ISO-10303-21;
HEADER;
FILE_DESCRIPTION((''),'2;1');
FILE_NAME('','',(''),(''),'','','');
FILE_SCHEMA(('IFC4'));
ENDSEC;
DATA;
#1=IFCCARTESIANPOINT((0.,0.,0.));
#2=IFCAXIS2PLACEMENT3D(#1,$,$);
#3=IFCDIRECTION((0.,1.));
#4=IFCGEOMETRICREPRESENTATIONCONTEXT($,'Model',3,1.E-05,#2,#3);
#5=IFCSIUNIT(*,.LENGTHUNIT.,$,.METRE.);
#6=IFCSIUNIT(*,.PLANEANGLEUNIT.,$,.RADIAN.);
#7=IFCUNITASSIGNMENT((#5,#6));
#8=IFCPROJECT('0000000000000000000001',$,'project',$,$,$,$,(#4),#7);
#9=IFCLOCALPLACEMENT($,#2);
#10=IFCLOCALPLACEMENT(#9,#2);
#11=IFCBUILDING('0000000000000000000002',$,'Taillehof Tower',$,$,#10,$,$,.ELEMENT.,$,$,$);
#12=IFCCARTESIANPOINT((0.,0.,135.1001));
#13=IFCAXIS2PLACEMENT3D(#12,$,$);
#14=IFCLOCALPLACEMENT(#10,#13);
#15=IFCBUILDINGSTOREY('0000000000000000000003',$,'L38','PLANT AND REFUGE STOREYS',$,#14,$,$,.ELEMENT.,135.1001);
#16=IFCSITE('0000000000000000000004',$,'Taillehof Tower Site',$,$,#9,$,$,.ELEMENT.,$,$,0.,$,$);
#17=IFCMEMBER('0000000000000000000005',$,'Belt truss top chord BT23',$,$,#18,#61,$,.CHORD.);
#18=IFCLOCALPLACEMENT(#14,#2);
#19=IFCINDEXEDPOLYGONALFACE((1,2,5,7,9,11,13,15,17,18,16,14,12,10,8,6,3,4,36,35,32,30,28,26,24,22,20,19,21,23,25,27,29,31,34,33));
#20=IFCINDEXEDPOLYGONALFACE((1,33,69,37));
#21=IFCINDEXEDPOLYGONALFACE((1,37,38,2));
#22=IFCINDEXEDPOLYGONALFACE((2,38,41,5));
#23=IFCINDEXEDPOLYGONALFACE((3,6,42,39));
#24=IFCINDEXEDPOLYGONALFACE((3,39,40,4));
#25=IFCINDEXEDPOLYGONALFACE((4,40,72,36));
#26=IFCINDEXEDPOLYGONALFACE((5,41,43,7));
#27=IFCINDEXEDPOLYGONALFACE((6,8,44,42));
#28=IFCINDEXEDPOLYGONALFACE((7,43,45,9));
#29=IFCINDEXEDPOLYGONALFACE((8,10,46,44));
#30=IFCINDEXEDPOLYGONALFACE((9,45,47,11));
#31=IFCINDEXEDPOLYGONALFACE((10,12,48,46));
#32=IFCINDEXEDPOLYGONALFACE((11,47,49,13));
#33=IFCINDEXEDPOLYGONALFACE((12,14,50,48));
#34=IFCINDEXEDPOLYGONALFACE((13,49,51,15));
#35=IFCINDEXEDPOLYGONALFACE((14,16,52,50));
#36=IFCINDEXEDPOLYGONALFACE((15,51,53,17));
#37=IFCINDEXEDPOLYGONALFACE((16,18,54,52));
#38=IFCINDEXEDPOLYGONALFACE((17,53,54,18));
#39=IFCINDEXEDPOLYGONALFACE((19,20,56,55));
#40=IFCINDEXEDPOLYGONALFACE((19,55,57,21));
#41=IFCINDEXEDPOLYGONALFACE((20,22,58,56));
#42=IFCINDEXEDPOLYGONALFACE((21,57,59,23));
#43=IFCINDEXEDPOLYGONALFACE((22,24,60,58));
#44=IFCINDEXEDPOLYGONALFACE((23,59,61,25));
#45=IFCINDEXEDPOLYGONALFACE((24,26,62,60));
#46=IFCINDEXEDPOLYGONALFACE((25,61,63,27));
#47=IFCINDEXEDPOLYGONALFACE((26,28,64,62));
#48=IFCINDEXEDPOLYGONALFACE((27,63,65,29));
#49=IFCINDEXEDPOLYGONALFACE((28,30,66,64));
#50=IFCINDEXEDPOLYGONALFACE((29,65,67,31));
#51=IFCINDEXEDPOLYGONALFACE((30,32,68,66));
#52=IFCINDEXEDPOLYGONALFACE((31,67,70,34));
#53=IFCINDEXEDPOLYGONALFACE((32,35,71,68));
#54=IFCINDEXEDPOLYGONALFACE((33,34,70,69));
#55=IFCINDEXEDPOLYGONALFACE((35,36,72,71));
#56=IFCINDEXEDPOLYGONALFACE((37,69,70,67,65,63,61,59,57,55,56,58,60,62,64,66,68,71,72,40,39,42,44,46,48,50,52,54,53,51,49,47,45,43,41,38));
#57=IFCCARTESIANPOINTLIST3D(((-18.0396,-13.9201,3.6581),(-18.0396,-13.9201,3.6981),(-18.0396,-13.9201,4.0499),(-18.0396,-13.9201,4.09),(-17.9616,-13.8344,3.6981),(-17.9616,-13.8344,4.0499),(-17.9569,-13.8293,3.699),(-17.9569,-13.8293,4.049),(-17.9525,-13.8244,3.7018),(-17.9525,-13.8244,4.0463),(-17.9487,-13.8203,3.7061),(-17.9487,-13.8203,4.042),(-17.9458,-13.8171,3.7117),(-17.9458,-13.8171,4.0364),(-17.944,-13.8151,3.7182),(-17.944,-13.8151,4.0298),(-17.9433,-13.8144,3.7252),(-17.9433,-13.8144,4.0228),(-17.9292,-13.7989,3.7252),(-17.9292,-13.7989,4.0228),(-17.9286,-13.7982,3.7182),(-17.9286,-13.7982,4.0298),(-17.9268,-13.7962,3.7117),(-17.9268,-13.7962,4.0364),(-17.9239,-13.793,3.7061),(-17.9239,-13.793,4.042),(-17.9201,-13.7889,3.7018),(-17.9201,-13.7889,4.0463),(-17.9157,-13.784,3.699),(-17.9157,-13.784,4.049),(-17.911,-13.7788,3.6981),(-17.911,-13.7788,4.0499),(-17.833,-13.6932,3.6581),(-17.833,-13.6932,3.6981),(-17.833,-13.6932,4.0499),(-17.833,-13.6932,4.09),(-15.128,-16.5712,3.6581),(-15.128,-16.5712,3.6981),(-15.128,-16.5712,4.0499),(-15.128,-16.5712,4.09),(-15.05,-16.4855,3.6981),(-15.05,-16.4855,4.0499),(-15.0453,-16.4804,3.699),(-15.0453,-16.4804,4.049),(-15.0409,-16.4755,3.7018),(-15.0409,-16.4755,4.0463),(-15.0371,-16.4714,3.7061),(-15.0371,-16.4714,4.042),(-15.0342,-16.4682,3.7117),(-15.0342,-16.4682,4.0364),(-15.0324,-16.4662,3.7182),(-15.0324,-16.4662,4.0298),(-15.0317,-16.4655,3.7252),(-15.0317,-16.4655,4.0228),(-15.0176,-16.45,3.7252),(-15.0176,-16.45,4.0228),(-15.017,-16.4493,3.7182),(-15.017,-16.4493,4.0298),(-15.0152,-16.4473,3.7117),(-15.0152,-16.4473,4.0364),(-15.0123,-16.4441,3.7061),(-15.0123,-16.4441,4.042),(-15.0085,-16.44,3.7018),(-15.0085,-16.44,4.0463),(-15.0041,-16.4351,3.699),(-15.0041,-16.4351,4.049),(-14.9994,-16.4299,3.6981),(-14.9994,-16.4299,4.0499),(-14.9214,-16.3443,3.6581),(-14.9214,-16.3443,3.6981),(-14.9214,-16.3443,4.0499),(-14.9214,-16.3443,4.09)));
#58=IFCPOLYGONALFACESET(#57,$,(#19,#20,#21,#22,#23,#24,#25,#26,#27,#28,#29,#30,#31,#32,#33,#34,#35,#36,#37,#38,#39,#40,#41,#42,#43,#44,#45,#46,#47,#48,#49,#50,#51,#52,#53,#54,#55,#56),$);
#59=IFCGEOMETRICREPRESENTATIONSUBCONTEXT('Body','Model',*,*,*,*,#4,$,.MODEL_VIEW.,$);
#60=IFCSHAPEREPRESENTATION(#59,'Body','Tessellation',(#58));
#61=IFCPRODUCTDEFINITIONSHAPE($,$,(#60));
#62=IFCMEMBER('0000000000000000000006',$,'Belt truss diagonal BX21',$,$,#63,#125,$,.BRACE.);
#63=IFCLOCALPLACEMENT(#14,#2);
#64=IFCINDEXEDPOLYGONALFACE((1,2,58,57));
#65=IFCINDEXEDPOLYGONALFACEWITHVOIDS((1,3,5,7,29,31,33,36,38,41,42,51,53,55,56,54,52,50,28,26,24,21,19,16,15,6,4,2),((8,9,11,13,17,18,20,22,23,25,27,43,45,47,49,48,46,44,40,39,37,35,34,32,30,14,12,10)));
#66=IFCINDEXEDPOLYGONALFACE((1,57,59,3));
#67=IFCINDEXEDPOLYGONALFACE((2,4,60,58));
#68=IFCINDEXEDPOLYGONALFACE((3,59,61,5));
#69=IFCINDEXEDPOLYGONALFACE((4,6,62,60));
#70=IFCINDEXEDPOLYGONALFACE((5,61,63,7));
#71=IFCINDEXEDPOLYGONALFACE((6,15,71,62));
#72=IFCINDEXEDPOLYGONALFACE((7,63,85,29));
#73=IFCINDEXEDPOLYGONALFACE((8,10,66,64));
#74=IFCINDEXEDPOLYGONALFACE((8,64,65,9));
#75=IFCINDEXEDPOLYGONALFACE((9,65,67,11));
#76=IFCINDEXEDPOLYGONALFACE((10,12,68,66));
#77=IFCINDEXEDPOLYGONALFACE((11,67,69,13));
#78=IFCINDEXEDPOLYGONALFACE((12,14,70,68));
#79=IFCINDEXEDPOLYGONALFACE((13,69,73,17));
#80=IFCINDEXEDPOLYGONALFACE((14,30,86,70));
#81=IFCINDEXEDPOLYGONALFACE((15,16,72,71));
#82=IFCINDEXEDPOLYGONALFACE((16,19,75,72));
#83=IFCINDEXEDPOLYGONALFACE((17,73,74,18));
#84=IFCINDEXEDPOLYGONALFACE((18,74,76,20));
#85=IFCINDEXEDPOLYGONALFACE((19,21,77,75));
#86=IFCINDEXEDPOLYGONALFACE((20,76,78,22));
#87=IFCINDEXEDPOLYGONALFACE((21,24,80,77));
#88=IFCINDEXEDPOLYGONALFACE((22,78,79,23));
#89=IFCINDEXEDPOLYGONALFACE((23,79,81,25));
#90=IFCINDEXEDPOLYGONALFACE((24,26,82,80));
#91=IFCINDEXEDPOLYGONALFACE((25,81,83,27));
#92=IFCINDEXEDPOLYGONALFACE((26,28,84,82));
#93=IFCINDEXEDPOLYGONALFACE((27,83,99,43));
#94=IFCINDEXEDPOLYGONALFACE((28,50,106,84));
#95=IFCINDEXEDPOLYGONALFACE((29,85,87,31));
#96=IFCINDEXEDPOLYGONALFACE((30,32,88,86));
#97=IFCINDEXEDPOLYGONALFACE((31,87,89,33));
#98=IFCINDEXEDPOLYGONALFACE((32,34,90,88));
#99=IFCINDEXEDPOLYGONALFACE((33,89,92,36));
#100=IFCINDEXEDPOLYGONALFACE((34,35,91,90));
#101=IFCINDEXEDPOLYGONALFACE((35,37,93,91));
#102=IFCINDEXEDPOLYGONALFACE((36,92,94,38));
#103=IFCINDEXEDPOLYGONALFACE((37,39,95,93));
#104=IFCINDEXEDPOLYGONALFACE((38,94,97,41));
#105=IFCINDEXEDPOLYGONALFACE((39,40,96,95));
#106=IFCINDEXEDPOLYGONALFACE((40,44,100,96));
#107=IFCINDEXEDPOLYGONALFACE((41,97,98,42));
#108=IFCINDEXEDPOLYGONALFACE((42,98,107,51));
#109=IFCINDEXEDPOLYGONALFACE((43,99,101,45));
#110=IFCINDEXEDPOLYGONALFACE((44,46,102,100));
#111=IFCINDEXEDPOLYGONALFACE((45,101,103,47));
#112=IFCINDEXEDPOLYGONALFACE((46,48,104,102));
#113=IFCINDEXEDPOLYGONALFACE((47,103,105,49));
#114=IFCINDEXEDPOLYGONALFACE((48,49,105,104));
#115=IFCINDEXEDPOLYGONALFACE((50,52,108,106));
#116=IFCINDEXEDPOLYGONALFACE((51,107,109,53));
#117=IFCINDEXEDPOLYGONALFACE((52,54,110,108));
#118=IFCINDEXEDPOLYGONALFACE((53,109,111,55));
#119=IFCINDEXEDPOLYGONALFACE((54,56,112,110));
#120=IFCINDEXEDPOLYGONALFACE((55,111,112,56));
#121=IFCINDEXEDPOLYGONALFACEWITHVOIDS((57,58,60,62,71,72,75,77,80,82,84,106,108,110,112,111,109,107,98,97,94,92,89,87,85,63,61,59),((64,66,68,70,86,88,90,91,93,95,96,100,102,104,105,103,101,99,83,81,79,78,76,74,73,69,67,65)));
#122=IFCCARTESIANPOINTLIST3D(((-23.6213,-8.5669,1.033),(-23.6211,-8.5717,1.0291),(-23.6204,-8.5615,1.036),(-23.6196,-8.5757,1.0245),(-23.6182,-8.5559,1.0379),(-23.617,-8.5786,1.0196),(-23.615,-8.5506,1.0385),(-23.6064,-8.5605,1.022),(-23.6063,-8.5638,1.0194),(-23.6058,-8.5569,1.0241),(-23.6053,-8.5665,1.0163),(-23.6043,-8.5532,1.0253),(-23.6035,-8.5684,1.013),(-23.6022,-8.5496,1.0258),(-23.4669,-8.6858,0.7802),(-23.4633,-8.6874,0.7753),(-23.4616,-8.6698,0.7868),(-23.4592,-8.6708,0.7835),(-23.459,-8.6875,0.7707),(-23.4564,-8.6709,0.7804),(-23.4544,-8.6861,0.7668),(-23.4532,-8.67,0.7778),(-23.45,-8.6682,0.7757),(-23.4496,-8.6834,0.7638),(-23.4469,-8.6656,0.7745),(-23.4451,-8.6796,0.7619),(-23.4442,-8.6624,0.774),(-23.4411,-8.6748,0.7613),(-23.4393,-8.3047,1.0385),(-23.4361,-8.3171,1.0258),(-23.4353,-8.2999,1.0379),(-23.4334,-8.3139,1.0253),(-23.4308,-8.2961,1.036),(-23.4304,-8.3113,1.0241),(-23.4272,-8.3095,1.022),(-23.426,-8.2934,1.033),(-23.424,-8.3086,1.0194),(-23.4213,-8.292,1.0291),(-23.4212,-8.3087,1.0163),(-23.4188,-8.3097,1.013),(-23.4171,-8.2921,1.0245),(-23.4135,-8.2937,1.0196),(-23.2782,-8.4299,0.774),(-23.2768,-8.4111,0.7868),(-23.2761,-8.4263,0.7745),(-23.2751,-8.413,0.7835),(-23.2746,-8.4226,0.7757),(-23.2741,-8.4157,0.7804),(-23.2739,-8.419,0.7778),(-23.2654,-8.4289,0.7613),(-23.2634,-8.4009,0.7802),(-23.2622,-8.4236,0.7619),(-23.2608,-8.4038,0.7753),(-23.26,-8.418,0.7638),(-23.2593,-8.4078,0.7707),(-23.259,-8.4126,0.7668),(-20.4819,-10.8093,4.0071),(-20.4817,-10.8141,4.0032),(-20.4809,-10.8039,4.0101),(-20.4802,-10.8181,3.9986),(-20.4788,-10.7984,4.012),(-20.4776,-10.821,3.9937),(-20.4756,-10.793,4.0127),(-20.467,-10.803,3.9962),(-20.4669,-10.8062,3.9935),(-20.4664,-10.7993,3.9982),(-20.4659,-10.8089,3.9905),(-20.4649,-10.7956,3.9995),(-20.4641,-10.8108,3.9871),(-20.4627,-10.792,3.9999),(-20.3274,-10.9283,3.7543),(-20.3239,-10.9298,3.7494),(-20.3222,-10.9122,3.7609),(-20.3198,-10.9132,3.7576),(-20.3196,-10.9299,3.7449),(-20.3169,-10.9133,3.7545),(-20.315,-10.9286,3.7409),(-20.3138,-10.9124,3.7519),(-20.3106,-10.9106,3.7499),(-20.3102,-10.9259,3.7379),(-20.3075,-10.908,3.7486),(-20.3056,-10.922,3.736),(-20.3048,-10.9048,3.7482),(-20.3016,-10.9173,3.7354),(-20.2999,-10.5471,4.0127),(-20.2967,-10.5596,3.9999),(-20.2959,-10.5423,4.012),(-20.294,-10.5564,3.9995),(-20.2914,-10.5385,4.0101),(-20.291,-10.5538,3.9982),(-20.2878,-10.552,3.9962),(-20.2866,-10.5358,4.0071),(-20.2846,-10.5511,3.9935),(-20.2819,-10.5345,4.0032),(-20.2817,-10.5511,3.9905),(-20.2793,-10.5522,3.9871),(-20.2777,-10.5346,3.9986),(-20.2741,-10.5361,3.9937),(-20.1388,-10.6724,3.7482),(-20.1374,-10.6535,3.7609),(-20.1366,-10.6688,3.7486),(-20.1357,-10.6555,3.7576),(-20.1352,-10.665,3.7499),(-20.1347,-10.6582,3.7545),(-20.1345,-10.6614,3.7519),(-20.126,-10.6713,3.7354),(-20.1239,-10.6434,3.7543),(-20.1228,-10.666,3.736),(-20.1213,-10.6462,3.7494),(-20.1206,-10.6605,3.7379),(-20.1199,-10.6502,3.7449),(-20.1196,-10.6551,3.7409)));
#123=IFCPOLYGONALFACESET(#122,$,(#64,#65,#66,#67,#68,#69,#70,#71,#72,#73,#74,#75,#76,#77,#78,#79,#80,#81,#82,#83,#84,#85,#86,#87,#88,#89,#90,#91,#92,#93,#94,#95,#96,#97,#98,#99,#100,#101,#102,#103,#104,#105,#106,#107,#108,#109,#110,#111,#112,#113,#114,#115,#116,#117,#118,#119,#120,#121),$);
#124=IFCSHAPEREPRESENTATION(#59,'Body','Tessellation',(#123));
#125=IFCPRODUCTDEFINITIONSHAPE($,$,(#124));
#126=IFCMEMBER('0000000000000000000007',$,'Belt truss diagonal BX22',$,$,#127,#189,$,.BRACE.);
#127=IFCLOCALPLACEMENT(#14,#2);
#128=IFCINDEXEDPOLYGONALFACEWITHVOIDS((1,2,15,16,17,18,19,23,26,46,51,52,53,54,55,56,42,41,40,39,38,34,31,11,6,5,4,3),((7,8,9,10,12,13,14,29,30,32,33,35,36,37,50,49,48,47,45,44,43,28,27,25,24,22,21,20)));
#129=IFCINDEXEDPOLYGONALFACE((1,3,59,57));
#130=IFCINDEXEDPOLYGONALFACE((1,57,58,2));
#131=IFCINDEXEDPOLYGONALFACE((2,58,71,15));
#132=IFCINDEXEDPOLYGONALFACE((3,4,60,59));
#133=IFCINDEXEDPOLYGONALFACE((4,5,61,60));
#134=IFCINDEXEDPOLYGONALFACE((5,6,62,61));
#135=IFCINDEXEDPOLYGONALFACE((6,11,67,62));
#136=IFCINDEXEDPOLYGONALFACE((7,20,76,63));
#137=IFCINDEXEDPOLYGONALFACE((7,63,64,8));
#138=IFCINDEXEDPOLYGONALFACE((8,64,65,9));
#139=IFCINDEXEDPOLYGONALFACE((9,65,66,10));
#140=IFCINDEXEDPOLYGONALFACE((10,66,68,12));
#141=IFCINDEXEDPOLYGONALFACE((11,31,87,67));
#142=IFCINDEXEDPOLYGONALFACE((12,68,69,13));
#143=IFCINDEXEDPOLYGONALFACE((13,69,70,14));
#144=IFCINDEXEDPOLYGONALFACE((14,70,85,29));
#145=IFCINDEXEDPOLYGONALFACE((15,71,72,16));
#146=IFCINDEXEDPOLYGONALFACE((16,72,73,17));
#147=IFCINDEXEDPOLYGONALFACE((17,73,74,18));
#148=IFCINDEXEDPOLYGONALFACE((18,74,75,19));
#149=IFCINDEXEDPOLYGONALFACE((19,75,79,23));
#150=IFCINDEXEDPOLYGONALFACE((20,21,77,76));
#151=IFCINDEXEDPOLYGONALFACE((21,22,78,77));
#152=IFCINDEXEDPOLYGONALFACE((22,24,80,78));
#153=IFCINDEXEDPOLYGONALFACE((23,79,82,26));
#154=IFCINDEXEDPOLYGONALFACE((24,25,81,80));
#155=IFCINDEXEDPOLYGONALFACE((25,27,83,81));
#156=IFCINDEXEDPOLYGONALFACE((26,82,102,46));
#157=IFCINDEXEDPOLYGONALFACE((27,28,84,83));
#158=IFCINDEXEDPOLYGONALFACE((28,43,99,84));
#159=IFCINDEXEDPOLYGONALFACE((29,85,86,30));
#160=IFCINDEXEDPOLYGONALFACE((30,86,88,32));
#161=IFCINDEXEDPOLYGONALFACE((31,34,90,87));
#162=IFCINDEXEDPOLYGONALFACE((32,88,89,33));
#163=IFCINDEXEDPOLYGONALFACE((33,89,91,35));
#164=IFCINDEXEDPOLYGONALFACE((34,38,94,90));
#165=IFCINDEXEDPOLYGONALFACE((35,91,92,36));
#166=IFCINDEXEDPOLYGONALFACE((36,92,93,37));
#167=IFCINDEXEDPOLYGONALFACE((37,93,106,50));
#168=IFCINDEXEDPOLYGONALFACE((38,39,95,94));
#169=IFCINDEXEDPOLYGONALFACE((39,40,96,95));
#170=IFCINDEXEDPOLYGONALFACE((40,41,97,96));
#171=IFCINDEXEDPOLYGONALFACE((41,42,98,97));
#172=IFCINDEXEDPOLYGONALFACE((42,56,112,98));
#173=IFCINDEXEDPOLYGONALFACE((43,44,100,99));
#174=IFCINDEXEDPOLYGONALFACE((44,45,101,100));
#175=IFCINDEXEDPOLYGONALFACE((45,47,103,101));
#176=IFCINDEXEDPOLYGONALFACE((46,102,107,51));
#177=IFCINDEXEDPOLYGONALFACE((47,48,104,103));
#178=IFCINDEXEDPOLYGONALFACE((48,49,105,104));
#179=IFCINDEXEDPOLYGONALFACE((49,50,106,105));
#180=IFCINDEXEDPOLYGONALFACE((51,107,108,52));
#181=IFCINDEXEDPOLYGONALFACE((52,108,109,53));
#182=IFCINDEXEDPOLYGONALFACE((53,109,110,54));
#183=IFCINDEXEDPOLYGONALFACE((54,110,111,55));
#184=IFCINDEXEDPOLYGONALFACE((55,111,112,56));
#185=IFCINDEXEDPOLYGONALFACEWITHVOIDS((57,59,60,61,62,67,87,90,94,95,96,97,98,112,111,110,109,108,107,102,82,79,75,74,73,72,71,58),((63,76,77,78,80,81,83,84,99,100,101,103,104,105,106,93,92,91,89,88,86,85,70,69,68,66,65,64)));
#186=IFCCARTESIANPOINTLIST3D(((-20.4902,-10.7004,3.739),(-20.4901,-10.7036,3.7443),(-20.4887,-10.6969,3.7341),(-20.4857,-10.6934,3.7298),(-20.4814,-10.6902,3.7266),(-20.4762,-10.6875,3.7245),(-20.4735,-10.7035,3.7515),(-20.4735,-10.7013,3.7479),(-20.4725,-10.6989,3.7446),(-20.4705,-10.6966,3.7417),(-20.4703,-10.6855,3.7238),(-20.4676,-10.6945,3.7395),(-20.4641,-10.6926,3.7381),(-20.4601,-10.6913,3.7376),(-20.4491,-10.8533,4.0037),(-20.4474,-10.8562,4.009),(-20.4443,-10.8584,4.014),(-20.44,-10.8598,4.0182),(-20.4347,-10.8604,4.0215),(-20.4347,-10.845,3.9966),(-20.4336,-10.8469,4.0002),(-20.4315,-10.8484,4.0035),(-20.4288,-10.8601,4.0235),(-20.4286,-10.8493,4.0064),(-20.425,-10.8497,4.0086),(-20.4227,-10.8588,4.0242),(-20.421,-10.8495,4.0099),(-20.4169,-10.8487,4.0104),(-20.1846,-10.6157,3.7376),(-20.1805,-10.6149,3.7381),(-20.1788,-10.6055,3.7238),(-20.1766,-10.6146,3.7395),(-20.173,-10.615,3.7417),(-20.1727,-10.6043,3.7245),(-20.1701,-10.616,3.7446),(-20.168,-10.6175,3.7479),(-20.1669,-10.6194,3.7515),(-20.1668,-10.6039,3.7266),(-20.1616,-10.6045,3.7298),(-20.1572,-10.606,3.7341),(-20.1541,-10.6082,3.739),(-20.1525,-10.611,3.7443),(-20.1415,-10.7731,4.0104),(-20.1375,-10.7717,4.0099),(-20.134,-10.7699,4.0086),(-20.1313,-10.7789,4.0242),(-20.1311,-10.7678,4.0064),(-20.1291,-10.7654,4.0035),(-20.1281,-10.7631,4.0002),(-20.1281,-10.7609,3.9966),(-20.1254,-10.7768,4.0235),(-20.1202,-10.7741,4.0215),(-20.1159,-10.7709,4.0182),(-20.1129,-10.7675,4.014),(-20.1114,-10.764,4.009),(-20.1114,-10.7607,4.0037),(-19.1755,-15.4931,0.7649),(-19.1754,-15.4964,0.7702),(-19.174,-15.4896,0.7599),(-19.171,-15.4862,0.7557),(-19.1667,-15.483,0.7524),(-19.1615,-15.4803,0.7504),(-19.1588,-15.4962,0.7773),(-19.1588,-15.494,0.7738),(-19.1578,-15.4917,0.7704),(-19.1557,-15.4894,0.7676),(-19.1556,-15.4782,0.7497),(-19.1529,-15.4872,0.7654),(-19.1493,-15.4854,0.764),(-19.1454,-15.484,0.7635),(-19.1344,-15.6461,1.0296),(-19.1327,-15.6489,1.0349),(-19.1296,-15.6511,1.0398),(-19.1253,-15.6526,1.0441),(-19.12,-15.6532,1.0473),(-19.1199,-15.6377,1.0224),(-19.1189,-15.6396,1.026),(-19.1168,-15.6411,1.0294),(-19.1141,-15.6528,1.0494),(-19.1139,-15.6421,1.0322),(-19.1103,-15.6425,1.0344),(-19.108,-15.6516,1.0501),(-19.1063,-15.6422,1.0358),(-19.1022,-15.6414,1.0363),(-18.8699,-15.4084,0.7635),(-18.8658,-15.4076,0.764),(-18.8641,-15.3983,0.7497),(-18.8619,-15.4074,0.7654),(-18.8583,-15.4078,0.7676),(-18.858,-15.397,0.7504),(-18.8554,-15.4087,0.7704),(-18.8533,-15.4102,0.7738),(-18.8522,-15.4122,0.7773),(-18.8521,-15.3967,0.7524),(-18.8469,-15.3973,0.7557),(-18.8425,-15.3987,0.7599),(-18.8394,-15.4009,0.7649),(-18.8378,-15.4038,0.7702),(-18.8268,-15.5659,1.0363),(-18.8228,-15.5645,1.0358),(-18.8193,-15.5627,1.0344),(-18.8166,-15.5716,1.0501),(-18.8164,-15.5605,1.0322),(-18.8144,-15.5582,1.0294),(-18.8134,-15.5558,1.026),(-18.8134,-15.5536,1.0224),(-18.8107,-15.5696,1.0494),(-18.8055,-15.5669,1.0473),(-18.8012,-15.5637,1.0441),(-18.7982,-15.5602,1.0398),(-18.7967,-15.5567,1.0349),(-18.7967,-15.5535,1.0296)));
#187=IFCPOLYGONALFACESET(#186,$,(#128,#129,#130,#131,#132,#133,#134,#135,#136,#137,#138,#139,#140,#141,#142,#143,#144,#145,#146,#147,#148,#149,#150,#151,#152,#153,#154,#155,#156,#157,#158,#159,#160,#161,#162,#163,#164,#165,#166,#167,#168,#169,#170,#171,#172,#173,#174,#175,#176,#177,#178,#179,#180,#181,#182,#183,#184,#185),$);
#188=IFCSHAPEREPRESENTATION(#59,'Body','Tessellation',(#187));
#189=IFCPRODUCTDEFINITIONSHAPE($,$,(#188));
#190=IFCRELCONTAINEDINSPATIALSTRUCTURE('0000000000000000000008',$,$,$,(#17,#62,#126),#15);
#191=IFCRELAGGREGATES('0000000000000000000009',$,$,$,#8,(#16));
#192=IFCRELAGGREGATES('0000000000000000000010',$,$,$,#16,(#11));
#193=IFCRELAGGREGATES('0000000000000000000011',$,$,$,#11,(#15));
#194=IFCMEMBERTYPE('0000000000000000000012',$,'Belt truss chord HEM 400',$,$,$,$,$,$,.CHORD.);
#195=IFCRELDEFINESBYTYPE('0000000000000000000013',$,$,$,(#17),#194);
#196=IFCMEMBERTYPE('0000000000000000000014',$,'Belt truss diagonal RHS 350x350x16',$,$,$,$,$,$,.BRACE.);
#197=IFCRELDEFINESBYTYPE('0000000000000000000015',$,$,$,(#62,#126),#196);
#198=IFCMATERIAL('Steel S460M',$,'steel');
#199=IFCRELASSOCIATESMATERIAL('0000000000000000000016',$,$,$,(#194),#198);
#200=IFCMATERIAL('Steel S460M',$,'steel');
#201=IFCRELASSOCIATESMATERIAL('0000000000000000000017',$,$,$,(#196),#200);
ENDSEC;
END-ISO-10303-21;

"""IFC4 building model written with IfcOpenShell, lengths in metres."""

from ifc_helpers import new_model, si_unit, direction, frame, origin, origin_2d, place, context, subcontext, project, spatial, hollow_rectangle, i_section, extrude, material, material_profile, profile_set, type_object, element, save


model = new_model("IFC4")

# Units and contexts
model_context = context("Model", 3, precision=1e-05, world=origin(), true_north=direction((0.0, 1.0)))
body_context = subcontext(model_context, "Body", "Model", "MODEL_VIEW")
ifc_project = project(units=[si_unit("LENGTHUNIT", "METRE"), si_unit("PLANEANGLEUNIT", "RADIAN")], contexts=[model_context])

# Site, building, storey
site_placement = place(None, origin())
site = spatial("IfcSite", under=ifc_project, at=site_placement, Name="Taillehof Tower Site", CompositionType="ELEMENT", RefElevation=0.0)
building_placement = place(site_placement, origin())
building = spatial("IfcBuilding", under=site, at=building_placement, Name="Taillehof Tower", CompositionType="ELEMENT")
storey_placement = place(building_placement, frame((0.0, 0.0, 135.1001)))
storey = spatial("IfcBuildingStorey", under=building, at=storey_placement, Name="L38", Description="PLANT AND REFUGE STOREYS", CompositionType="ELEMENT", Elevation=135.1001)

# Members
ifc_material_1 = material(Name="Steel S460M", Category="steel")
ifc_material_profile_1 = material_profile(ifc_material_1, i_section(OverallWidth=0.3069, OverallDepth=0.4319, WebThickness=0.021, FlangeThickness=0.04, FilletRadius=0.0271, at=origin_2d()), Name="HEM 400")
ifc_profile_set_1 = profile_set([ifc_material_profile_1], Name="Steel S460M")
member_type_1 = type_object("IfcMemberType", Name="Belt truss chord HEM 400", PredefinedType="CHORD", material=ifc_profile_set_1)
member_1_placement = place(storey_placement, frame((-17.9363, -13.8066, 3.874), z_axis=(0.73941, -0.673256, 0.0), x_axis=(0.673256, 0.73941, 0.0)))
element("IfcMember", 1, at=member_1_placement, inside=storey, type_object=member_type_1, Name="Belt truss top chord BT23", PredefinedType="CHORD", context=body_context, shape_type="SweptSolid", body=[
    extrude(i_section(OverallWidth=0.3069, OverallDepth=0.4319, WebThickness=0.021, FlangeThickness=0.04, FilletRadius=0.0271, at=origin_2d()), origin(), (0.0, 0.0, 1.0), 3.9377),
])
ifc_material_2 = material(Name="Steel S460M", Category="steel")
ifc_material_profile_2 = material_profile(ifc_material_2, hollow_rectangle(XDim=0.3501, YDim=0.3501, WallThickness=0.0161, InnerFilletRadius=0.0161, OuterFilletRadius=0.0239, at=origin_2d()), Name="RHS 350x350x16")
ifc_profile_set_2 = profile_set([ifc_material_profile_2], Name="Steel S460M")
member_type_2 = type_object("IfcMemberType", Name="Belt truss diagonal RHS 350x350x16", PredefinedType="BRACE", material=ifc_profile_set_2)
member_2_placement = place(storey_placement, frame((-23.4402, -8.4897, 0.8999), z_axis=(0.644467, -0.460334, 0.610537), x_axis=(0.581238, 0.813733, 0.0)))
element("IfcMember", 2, at=member_2_placement, inside=storey, type_object=member_type_2, Name="Belt truss diagonal BX21", PredefinedType="BRACE", context=body_context, shape_type="SweptSolid", body=[
    extrude(hollow_rectangle(XDim=0.3501, YDim=0.3501, WallThickness=0.0161, InnerFilletRadius=0.0161, OuterFilletRadius=0.0239, at=origin_2d()), origin(), (0.0, 0.0, 1.0), 4.8713),
])
member_3_placement = place(storey_placement, frame((-20.3008, -10.7322, 3.874), z_axis=(0.226996, -0.827513, -0.513512), x_axis=(0.964375, 0.264539, 0.0)))
element("IfcMember", 3, at=member_3_placement, inside=storey, type_object=member_type_2, Name="Belt truss diagonal BX22", PredefinedType="BRACE", context=body_context, shape_type="SweptSolid", body=[
    extrude(hollow_rectangle(XDim=0.3501, YDim=0.3501, WallThickness=0.0161, InnerFilletRadius=0.0161, OuterFilletRadius=0.0239, at=origin_2d()), origin(), (0.0, 0.0, 1.0), 5.7917),
])

save(model, "model.ifc")
